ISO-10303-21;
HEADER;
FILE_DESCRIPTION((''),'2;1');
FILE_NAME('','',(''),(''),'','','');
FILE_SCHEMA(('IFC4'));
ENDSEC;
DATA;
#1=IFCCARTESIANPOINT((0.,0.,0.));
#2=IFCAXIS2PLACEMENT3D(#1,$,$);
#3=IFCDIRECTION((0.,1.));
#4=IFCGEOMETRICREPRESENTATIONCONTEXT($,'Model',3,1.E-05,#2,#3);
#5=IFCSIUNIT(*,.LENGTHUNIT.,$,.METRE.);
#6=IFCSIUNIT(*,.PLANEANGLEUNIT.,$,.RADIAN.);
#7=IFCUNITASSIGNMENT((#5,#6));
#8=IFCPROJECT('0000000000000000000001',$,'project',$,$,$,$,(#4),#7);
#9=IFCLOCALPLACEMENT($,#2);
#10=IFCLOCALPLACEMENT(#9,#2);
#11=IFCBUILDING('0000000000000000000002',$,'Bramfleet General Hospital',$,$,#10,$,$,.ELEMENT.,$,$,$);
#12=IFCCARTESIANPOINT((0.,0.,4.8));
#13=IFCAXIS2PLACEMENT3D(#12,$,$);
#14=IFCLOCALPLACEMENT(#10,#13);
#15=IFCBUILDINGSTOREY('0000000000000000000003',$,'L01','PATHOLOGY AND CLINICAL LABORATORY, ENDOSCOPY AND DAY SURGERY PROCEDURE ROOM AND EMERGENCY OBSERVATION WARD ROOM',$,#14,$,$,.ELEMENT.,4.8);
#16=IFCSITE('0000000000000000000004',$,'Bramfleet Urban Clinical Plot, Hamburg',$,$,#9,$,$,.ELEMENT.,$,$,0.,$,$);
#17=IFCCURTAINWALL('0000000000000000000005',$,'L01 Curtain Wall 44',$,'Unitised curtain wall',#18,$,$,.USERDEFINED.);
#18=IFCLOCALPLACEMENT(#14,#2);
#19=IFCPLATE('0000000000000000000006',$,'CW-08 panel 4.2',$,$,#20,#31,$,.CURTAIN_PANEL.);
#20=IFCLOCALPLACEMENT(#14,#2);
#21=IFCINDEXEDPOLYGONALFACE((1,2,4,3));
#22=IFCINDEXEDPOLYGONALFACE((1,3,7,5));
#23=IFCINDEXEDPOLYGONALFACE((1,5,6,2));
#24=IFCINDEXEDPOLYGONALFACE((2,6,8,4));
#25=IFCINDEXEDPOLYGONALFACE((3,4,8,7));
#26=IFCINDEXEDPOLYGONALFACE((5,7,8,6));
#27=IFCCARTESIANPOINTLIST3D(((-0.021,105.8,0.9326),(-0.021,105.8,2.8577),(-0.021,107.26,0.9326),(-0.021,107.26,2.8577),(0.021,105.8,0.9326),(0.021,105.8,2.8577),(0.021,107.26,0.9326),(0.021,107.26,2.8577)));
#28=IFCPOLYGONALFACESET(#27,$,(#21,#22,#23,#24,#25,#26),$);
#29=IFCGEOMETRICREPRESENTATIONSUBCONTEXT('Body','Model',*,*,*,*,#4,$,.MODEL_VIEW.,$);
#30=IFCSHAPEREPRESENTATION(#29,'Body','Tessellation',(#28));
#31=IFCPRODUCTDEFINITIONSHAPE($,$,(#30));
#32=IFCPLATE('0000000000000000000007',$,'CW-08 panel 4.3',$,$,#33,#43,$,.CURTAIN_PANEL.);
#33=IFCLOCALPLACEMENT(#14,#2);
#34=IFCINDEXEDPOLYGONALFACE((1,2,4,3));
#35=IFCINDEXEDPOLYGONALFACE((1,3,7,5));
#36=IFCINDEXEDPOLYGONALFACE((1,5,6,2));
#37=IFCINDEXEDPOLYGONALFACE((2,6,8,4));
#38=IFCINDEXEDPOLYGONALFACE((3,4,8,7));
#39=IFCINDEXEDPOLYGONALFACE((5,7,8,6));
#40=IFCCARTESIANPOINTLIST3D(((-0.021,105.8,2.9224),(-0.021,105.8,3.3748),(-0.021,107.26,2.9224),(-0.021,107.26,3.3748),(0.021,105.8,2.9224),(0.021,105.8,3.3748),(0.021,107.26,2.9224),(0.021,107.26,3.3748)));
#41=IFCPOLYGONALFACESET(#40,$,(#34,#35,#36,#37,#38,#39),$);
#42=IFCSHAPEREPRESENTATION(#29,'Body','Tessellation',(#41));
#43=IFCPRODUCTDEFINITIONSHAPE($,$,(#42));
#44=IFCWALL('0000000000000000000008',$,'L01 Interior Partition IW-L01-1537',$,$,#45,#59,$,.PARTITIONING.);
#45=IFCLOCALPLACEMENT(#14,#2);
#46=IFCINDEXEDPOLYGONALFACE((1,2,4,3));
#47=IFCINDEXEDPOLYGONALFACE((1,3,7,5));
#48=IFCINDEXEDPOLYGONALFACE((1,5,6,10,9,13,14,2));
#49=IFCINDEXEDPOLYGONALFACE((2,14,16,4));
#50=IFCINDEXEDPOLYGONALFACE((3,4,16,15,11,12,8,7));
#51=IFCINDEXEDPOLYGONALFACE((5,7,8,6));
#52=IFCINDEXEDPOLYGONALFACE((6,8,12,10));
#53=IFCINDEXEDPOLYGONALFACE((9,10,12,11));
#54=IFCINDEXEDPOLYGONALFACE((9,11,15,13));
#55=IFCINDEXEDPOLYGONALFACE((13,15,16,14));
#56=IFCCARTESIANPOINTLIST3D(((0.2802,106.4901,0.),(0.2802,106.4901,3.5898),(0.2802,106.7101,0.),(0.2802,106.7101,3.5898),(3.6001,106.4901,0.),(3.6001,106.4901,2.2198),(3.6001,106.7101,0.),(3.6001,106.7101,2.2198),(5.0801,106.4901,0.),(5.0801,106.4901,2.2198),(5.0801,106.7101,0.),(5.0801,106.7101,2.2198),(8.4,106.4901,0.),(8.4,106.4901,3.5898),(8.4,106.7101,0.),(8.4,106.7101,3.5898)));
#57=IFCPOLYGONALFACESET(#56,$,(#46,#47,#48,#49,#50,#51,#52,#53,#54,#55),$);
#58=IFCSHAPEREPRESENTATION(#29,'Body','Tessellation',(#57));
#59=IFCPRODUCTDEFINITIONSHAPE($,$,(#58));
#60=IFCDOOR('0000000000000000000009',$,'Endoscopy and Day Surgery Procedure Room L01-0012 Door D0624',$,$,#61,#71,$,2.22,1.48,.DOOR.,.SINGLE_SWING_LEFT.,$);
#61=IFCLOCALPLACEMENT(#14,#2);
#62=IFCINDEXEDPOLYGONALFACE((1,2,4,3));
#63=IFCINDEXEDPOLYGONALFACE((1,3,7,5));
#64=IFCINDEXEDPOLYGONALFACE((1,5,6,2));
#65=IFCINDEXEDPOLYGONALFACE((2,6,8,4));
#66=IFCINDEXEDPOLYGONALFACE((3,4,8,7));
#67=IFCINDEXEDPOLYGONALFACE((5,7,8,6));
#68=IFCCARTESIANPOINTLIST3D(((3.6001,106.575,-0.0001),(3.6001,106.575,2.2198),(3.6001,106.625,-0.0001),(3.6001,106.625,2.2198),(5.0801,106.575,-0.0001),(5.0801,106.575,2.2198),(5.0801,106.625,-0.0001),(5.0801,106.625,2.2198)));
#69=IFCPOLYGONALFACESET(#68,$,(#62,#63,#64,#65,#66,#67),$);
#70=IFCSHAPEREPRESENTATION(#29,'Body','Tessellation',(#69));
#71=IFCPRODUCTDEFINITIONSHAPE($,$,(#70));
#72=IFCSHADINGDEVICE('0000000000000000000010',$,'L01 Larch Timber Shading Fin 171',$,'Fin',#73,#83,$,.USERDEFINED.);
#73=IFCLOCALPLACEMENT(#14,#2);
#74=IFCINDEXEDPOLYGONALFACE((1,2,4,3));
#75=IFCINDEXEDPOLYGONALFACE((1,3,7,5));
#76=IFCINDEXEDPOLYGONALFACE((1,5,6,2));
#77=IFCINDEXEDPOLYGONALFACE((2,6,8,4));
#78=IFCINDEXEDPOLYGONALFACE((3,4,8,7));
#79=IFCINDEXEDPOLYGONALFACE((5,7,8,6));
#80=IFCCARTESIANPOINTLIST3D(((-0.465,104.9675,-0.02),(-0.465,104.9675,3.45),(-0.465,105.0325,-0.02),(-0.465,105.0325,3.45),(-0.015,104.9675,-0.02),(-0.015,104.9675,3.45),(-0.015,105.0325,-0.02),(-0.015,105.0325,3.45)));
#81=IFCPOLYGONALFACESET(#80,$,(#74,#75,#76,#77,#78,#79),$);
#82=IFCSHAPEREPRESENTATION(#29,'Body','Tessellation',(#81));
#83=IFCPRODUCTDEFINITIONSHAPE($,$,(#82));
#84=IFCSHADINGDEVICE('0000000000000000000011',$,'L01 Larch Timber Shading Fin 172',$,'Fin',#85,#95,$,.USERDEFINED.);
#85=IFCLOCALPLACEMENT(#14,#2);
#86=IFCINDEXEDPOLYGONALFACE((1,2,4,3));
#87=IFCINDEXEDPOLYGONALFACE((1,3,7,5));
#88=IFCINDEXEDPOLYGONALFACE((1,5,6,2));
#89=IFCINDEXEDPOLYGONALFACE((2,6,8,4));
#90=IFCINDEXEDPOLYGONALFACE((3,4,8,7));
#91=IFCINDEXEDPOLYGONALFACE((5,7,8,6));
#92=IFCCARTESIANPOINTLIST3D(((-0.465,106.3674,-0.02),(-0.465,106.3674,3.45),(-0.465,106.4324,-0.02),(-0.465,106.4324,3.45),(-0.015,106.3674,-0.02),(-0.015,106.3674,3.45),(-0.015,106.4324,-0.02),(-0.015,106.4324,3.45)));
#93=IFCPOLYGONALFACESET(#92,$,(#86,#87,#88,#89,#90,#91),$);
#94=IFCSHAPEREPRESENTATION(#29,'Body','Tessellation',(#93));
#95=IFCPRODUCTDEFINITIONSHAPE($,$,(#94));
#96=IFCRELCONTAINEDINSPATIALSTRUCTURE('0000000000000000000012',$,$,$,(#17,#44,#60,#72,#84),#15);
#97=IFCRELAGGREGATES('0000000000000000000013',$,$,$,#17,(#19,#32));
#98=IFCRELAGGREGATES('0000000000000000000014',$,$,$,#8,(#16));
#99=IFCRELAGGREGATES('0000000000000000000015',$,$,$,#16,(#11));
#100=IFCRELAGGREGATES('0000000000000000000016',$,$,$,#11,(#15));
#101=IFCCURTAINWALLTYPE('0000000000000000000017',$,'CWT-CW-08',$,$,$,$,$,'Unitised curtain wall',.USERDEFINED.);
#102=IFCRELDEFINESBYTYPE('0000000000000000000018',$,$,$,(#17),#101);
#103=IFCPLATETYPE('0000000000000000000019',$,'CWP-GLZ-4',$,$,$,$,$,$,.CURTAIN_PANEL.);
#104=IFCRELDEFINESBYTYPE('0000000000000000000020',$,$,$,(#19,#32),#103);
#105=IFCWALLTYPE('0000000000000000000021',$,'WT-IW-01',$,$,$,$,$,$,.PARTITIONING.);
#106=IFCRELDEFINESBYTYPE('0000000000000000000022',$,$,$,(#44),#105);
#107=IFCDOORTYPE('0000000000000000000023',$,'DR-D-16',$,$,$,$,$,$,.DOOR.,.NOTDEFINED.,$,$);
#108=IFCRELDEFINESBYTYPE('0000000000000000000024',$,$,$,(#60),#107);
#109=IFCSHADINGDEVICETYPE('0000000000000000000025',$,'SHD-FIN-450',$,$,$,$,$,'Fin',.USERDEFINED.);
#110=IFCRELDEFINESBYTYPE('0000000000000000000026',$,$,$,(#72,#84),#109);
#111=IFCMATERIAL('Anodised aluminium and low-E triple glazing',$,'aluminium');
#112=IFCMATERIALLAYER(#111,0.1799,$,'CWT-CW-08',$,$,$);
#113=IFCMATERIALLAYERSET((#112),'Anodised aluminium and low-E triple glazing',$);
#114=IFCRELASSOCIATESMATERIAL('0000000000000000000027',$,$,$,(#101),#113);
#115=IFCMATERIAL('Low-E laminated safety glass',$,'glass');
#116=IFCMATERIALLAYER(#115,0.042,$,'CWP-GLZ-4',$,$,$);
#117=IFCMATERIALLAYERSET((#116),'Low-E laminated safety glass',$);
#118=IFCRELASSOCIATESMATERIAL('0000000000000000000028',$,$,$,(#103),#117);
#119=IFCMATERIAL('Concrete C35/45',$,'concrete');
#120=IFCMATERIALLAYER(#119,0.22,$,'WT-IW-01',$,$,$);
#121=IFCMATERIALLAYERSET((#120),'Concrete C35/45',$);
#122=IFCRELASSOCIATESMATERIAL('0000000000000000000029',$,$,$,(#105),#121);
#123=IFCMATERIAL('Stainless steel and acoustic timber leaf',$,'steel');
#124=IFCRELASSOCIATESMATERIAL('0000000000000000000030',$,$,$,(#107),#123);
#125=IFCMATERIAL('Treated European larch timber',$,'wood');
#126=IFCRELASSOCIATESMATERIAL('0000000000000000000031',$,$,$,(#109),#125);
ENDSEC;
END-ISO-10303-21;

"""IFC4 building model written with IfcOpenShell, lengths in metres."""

from ifc_helpers import new_model, si_unit, direction, frame, frame_2d, origin, origin_2d, place, context, subcontext, project, spatial, rectangle, extrude, material, layer, layer_set, material_profile, profile_set, type_object, element, fill, aggregate, save


model = new_model("IFC4")

# Units and contexts
model_context = context("Model", 3, precision=1e-05, world=origin(), true_north=direction((0.0, 1.0)))
body_context = subcontext(model_context, "Body", "Model", "MODEL_VIEW")
ifc_project = project(units=[si_unit("LENGTHUNIT", "METRE"), si_unit("PLANEANGLEUNIT", "RADIAN")], contexts=[model_context])

# Site, building, storey
site_placement = place(None, origin())
site = spatial("IfcSite", under=ifc_project, at=site_placement, Name="Bramfleet Urban Clinical Plot, Hamburg", CompositionType="ELEMENT", RefElevation=0.0)
building_placement = place(site_placement, origin())
building = spatial("IfcBuilding", under=site, at=building_placement, Name="Bramfleet General Hospital", CompositionType="ELEMENT")
storey_placement = place(building_placement, frame((0.0, 0.0, 4.8)))
storey = spatial("IfcBuildingStorey", under=building, at=storey_placement, Name="L01", Description="PATHOLOGY AND CLINICAL LABORATORY, ENDOSCOPY AND DAY SURGERY PROCEDURE ROOM AND EMERGENCY OBSERVATION WARD ROOM", CompositionType="ELEMENT", Elevation=4.8)

# Curtain wall, plates
ifc_material_1 = material(Name="Anodised aluminium and low-E triple glazing", Category="aluminium")
ifc_layer_1 = layer(ifc_material_1, 0.1799, Name="CWT-CW-08")
ifc_layer_set_1 = layer_set([ifc_layer_1], Name="Anodised aluminium and low-E triple glazing")
curtain_wall_type = type_object("IfcCurtainWallType", Name="CWT-CW-08", ElementType="Unitised curtain wall", PredefinedType="USERDEFINED", material=ifc_layer_set_1)
curtain_wall_placement = place(storey_placement, origin())
curtain_wall = element("IfcCurtainWall", 1, at=curtain_wall_placement, inside=storey, type_object=curtain_wall_type, Name="L01 Curtain Wall 44", ObjectType="Unitised curtain wall", PredefinedType="USERDEFINED")
ifc_material_2 = material(Name="Low-E laminated safety glass", Category="glass")
ifc_layer_2 = layer(ifc_material_2, 0.042, Name="CWP-GLZ-4")
ifc_layer_set_2 = layer_set([ifc_layer_2], Name="Low-E laminated safety glass")
plate_type = type_object("IfcPlateType", Name="CWP-GLZ-4", PredefinedType="CURTAIN_PANEL", material=ifc_layer_set_2)
plate_1_placement = place(storey_placement, frame((0.0, 106.53, 0.9326), z_axis=(0.0, 0.0, 1.0), x_axis=(0.0, 1.0, 0.0)))
plate_1 = element("IfcPlate", 2, at=plate_1_placement, type_object=plate_type, Name="CW-08 panel 4.2", PredefinedType="CURTAIN_PANEL", context=body_context, shape_type="SweptSolid", body=[
    extrude(rectangle(XDim=1.46, YDim=0.042, at=origin_2d()), origin(), (0.0, 0.0, 1.0), 1.925),
])
plate_2_placement = place(storey_placement, frame((0.0, 106.53, 2.9224), z_axis=(0.0, 0.0, 1.0), x_axis=(0.0, 1.0, 0.0)))
plate_2 = element("IfcPlate", 3, at=plate_2_placement, type_object=plate_type, Name="CW-08 panel 4.3", PredefinedType="CURTAIN_PANEL", context=body_context, shape_type="SweptSolid", body=[
    extrude(rectangle(XDim=1.46, YDim=0.042, at=origin_2d()), origin(), (0.0, 0.0, 1.0), 0.4524),
])
aggregate(curtain_wall, [plate_1, plate_2])

# Wall, opening, door
ifc_material_3 = material(Name="Concrete C35/45", Category="concrete")
ifc_layer_3 = layer(ifc_material_3, 0.22, Name="WT-IW-01")
ifc_layer_set_3 = layer_set([ifc_layer_3], Name="Concrete C35/45")
wall_type = type_object("IfcWallType", Name="WT-IW-01", PredefinedType="PARTITIONING", material=ifc_layer_set_3)
wall_placement = place(storey_placement, frame((0.28, 106.6001, 0.0), z_axis=(0.0, 0.0, 1.0), x_axis=(1.0, 0.0, 0.0)))
wall = element("IfcWall", 4, at=wall_placement, inside=storey, type_object=wall_type, Name="L01 Interior Partition IW-L01-1537", PredefinedType="PARTITIONING", context=body_context, shape_type="SweptSolid", body=[
    extrude(rectangle(XDim=8.1199, YDim=0.22, at=frame_2d((4.0601, 0.0))), origin(), (0.0, 0.0, 1.0), 3.5898),
])
opening_placement = place(wall_placement, frame((3.3201, 0.0, 0.0)))
opening = element("IfcOpeningElement", 5, at=opening_placement, cuts=wall, PredefinedType="OPENING", context=body_context, shape_type="SweptSolid", body=[
    extrude(rectangle(XDim=1.48, YDim=2.22, at=frame_2d((0.74, 1.1099))), frame((0.0, 0.1199, 0.0), z_axis=(0.0, -1.0, 0.0), x_axis=(1.0, 0.0, 0.0)), (0.0, 0.0, 1.0), 0.24),
])
ifc_material_4 = material(Name="Stainless steel and acoustic timber leaf", Category="steel")
door_type = type_object("IfcDoorType", Name="DR-D-16", OperationType="NOTDEFINED", PredefinedType="DOOR", material=ifc_material_4)
door_placement = place(opening_placement, origin())
door = element("IfcDoor", 6, at=door_placement, inside=storey, type_object=door_type, Name="Endoscopy and Day Surgery Procedure Room L01-0012 Door D0624", OperationType="SINGLE_SWING_LEFT", OverallHeight=2.22, OverallWidth=1.48, PredefinedType="DOOR", context=body_context, shape_type="SweptSolid", body=[
    extrude(rectangle(XDim=1.48, YDim=2.22, at=frame_2d((0.74, 1.1099))), frame((0.0, 0.0249, 0.0), z_axis=(0.0, -1.0, 0.0), x_axis=(1.0, 0.0, 0.0)), (0.0, 0.0, 1.0), 0.05),
])
fill(opening, door)

# Shading devices
ifc_material_5 = material(Name="Treated European larch timber", Category="wood")
ifc_material_profile_1 = material_profile(ifc_material_5, rectangle(XDim=0.0649, YDim=0.45, at=origin_2d()), Name="LARCH FIN 450x65")
ifc_profile_set_1 = profile_set([ifc_material_profile_1], Name="Treated European larch timber")
shading_device_type = type_object("IfcShadingDeviceType", Name="SHD-FIN-450", ElementType="Fin", PredefinedType="USERDEFINED", material=ifc_profile_set_1)
for number, where, z_axis, x_axis, name in (
    (7, (-0.24, 105.0, -0.02), (0.0, 0.0, 1.0), (0.0, 1.0, 0.0), "L01 Larch Timber Shading Fin 171"),
    (8, (-0.24, 106.3999, -0.02), (0.0, 0.0, 1.0), (0.0, 1.0, 0.0), "L01 Larch Timber Shading Fin 172"),
):
    element("IfcShadingDevice", number, at=place(storey_placement, frame(where, z_axis=z_axis, x_axis=x_axis)), inside=storey, type_object=shading_device_type, Name=name, ObjectType="Fin", PredefinedType="USERDEFINED", context=body_context, shape_type="SweptSolid", body=[
        extrude(rectangle(XDim=0.0649, YDim=0.45, at=origin_2d()), origin(), (0.0, 0.0, 1.0), 3.47),
    ])

save(model, "model.ifc")
